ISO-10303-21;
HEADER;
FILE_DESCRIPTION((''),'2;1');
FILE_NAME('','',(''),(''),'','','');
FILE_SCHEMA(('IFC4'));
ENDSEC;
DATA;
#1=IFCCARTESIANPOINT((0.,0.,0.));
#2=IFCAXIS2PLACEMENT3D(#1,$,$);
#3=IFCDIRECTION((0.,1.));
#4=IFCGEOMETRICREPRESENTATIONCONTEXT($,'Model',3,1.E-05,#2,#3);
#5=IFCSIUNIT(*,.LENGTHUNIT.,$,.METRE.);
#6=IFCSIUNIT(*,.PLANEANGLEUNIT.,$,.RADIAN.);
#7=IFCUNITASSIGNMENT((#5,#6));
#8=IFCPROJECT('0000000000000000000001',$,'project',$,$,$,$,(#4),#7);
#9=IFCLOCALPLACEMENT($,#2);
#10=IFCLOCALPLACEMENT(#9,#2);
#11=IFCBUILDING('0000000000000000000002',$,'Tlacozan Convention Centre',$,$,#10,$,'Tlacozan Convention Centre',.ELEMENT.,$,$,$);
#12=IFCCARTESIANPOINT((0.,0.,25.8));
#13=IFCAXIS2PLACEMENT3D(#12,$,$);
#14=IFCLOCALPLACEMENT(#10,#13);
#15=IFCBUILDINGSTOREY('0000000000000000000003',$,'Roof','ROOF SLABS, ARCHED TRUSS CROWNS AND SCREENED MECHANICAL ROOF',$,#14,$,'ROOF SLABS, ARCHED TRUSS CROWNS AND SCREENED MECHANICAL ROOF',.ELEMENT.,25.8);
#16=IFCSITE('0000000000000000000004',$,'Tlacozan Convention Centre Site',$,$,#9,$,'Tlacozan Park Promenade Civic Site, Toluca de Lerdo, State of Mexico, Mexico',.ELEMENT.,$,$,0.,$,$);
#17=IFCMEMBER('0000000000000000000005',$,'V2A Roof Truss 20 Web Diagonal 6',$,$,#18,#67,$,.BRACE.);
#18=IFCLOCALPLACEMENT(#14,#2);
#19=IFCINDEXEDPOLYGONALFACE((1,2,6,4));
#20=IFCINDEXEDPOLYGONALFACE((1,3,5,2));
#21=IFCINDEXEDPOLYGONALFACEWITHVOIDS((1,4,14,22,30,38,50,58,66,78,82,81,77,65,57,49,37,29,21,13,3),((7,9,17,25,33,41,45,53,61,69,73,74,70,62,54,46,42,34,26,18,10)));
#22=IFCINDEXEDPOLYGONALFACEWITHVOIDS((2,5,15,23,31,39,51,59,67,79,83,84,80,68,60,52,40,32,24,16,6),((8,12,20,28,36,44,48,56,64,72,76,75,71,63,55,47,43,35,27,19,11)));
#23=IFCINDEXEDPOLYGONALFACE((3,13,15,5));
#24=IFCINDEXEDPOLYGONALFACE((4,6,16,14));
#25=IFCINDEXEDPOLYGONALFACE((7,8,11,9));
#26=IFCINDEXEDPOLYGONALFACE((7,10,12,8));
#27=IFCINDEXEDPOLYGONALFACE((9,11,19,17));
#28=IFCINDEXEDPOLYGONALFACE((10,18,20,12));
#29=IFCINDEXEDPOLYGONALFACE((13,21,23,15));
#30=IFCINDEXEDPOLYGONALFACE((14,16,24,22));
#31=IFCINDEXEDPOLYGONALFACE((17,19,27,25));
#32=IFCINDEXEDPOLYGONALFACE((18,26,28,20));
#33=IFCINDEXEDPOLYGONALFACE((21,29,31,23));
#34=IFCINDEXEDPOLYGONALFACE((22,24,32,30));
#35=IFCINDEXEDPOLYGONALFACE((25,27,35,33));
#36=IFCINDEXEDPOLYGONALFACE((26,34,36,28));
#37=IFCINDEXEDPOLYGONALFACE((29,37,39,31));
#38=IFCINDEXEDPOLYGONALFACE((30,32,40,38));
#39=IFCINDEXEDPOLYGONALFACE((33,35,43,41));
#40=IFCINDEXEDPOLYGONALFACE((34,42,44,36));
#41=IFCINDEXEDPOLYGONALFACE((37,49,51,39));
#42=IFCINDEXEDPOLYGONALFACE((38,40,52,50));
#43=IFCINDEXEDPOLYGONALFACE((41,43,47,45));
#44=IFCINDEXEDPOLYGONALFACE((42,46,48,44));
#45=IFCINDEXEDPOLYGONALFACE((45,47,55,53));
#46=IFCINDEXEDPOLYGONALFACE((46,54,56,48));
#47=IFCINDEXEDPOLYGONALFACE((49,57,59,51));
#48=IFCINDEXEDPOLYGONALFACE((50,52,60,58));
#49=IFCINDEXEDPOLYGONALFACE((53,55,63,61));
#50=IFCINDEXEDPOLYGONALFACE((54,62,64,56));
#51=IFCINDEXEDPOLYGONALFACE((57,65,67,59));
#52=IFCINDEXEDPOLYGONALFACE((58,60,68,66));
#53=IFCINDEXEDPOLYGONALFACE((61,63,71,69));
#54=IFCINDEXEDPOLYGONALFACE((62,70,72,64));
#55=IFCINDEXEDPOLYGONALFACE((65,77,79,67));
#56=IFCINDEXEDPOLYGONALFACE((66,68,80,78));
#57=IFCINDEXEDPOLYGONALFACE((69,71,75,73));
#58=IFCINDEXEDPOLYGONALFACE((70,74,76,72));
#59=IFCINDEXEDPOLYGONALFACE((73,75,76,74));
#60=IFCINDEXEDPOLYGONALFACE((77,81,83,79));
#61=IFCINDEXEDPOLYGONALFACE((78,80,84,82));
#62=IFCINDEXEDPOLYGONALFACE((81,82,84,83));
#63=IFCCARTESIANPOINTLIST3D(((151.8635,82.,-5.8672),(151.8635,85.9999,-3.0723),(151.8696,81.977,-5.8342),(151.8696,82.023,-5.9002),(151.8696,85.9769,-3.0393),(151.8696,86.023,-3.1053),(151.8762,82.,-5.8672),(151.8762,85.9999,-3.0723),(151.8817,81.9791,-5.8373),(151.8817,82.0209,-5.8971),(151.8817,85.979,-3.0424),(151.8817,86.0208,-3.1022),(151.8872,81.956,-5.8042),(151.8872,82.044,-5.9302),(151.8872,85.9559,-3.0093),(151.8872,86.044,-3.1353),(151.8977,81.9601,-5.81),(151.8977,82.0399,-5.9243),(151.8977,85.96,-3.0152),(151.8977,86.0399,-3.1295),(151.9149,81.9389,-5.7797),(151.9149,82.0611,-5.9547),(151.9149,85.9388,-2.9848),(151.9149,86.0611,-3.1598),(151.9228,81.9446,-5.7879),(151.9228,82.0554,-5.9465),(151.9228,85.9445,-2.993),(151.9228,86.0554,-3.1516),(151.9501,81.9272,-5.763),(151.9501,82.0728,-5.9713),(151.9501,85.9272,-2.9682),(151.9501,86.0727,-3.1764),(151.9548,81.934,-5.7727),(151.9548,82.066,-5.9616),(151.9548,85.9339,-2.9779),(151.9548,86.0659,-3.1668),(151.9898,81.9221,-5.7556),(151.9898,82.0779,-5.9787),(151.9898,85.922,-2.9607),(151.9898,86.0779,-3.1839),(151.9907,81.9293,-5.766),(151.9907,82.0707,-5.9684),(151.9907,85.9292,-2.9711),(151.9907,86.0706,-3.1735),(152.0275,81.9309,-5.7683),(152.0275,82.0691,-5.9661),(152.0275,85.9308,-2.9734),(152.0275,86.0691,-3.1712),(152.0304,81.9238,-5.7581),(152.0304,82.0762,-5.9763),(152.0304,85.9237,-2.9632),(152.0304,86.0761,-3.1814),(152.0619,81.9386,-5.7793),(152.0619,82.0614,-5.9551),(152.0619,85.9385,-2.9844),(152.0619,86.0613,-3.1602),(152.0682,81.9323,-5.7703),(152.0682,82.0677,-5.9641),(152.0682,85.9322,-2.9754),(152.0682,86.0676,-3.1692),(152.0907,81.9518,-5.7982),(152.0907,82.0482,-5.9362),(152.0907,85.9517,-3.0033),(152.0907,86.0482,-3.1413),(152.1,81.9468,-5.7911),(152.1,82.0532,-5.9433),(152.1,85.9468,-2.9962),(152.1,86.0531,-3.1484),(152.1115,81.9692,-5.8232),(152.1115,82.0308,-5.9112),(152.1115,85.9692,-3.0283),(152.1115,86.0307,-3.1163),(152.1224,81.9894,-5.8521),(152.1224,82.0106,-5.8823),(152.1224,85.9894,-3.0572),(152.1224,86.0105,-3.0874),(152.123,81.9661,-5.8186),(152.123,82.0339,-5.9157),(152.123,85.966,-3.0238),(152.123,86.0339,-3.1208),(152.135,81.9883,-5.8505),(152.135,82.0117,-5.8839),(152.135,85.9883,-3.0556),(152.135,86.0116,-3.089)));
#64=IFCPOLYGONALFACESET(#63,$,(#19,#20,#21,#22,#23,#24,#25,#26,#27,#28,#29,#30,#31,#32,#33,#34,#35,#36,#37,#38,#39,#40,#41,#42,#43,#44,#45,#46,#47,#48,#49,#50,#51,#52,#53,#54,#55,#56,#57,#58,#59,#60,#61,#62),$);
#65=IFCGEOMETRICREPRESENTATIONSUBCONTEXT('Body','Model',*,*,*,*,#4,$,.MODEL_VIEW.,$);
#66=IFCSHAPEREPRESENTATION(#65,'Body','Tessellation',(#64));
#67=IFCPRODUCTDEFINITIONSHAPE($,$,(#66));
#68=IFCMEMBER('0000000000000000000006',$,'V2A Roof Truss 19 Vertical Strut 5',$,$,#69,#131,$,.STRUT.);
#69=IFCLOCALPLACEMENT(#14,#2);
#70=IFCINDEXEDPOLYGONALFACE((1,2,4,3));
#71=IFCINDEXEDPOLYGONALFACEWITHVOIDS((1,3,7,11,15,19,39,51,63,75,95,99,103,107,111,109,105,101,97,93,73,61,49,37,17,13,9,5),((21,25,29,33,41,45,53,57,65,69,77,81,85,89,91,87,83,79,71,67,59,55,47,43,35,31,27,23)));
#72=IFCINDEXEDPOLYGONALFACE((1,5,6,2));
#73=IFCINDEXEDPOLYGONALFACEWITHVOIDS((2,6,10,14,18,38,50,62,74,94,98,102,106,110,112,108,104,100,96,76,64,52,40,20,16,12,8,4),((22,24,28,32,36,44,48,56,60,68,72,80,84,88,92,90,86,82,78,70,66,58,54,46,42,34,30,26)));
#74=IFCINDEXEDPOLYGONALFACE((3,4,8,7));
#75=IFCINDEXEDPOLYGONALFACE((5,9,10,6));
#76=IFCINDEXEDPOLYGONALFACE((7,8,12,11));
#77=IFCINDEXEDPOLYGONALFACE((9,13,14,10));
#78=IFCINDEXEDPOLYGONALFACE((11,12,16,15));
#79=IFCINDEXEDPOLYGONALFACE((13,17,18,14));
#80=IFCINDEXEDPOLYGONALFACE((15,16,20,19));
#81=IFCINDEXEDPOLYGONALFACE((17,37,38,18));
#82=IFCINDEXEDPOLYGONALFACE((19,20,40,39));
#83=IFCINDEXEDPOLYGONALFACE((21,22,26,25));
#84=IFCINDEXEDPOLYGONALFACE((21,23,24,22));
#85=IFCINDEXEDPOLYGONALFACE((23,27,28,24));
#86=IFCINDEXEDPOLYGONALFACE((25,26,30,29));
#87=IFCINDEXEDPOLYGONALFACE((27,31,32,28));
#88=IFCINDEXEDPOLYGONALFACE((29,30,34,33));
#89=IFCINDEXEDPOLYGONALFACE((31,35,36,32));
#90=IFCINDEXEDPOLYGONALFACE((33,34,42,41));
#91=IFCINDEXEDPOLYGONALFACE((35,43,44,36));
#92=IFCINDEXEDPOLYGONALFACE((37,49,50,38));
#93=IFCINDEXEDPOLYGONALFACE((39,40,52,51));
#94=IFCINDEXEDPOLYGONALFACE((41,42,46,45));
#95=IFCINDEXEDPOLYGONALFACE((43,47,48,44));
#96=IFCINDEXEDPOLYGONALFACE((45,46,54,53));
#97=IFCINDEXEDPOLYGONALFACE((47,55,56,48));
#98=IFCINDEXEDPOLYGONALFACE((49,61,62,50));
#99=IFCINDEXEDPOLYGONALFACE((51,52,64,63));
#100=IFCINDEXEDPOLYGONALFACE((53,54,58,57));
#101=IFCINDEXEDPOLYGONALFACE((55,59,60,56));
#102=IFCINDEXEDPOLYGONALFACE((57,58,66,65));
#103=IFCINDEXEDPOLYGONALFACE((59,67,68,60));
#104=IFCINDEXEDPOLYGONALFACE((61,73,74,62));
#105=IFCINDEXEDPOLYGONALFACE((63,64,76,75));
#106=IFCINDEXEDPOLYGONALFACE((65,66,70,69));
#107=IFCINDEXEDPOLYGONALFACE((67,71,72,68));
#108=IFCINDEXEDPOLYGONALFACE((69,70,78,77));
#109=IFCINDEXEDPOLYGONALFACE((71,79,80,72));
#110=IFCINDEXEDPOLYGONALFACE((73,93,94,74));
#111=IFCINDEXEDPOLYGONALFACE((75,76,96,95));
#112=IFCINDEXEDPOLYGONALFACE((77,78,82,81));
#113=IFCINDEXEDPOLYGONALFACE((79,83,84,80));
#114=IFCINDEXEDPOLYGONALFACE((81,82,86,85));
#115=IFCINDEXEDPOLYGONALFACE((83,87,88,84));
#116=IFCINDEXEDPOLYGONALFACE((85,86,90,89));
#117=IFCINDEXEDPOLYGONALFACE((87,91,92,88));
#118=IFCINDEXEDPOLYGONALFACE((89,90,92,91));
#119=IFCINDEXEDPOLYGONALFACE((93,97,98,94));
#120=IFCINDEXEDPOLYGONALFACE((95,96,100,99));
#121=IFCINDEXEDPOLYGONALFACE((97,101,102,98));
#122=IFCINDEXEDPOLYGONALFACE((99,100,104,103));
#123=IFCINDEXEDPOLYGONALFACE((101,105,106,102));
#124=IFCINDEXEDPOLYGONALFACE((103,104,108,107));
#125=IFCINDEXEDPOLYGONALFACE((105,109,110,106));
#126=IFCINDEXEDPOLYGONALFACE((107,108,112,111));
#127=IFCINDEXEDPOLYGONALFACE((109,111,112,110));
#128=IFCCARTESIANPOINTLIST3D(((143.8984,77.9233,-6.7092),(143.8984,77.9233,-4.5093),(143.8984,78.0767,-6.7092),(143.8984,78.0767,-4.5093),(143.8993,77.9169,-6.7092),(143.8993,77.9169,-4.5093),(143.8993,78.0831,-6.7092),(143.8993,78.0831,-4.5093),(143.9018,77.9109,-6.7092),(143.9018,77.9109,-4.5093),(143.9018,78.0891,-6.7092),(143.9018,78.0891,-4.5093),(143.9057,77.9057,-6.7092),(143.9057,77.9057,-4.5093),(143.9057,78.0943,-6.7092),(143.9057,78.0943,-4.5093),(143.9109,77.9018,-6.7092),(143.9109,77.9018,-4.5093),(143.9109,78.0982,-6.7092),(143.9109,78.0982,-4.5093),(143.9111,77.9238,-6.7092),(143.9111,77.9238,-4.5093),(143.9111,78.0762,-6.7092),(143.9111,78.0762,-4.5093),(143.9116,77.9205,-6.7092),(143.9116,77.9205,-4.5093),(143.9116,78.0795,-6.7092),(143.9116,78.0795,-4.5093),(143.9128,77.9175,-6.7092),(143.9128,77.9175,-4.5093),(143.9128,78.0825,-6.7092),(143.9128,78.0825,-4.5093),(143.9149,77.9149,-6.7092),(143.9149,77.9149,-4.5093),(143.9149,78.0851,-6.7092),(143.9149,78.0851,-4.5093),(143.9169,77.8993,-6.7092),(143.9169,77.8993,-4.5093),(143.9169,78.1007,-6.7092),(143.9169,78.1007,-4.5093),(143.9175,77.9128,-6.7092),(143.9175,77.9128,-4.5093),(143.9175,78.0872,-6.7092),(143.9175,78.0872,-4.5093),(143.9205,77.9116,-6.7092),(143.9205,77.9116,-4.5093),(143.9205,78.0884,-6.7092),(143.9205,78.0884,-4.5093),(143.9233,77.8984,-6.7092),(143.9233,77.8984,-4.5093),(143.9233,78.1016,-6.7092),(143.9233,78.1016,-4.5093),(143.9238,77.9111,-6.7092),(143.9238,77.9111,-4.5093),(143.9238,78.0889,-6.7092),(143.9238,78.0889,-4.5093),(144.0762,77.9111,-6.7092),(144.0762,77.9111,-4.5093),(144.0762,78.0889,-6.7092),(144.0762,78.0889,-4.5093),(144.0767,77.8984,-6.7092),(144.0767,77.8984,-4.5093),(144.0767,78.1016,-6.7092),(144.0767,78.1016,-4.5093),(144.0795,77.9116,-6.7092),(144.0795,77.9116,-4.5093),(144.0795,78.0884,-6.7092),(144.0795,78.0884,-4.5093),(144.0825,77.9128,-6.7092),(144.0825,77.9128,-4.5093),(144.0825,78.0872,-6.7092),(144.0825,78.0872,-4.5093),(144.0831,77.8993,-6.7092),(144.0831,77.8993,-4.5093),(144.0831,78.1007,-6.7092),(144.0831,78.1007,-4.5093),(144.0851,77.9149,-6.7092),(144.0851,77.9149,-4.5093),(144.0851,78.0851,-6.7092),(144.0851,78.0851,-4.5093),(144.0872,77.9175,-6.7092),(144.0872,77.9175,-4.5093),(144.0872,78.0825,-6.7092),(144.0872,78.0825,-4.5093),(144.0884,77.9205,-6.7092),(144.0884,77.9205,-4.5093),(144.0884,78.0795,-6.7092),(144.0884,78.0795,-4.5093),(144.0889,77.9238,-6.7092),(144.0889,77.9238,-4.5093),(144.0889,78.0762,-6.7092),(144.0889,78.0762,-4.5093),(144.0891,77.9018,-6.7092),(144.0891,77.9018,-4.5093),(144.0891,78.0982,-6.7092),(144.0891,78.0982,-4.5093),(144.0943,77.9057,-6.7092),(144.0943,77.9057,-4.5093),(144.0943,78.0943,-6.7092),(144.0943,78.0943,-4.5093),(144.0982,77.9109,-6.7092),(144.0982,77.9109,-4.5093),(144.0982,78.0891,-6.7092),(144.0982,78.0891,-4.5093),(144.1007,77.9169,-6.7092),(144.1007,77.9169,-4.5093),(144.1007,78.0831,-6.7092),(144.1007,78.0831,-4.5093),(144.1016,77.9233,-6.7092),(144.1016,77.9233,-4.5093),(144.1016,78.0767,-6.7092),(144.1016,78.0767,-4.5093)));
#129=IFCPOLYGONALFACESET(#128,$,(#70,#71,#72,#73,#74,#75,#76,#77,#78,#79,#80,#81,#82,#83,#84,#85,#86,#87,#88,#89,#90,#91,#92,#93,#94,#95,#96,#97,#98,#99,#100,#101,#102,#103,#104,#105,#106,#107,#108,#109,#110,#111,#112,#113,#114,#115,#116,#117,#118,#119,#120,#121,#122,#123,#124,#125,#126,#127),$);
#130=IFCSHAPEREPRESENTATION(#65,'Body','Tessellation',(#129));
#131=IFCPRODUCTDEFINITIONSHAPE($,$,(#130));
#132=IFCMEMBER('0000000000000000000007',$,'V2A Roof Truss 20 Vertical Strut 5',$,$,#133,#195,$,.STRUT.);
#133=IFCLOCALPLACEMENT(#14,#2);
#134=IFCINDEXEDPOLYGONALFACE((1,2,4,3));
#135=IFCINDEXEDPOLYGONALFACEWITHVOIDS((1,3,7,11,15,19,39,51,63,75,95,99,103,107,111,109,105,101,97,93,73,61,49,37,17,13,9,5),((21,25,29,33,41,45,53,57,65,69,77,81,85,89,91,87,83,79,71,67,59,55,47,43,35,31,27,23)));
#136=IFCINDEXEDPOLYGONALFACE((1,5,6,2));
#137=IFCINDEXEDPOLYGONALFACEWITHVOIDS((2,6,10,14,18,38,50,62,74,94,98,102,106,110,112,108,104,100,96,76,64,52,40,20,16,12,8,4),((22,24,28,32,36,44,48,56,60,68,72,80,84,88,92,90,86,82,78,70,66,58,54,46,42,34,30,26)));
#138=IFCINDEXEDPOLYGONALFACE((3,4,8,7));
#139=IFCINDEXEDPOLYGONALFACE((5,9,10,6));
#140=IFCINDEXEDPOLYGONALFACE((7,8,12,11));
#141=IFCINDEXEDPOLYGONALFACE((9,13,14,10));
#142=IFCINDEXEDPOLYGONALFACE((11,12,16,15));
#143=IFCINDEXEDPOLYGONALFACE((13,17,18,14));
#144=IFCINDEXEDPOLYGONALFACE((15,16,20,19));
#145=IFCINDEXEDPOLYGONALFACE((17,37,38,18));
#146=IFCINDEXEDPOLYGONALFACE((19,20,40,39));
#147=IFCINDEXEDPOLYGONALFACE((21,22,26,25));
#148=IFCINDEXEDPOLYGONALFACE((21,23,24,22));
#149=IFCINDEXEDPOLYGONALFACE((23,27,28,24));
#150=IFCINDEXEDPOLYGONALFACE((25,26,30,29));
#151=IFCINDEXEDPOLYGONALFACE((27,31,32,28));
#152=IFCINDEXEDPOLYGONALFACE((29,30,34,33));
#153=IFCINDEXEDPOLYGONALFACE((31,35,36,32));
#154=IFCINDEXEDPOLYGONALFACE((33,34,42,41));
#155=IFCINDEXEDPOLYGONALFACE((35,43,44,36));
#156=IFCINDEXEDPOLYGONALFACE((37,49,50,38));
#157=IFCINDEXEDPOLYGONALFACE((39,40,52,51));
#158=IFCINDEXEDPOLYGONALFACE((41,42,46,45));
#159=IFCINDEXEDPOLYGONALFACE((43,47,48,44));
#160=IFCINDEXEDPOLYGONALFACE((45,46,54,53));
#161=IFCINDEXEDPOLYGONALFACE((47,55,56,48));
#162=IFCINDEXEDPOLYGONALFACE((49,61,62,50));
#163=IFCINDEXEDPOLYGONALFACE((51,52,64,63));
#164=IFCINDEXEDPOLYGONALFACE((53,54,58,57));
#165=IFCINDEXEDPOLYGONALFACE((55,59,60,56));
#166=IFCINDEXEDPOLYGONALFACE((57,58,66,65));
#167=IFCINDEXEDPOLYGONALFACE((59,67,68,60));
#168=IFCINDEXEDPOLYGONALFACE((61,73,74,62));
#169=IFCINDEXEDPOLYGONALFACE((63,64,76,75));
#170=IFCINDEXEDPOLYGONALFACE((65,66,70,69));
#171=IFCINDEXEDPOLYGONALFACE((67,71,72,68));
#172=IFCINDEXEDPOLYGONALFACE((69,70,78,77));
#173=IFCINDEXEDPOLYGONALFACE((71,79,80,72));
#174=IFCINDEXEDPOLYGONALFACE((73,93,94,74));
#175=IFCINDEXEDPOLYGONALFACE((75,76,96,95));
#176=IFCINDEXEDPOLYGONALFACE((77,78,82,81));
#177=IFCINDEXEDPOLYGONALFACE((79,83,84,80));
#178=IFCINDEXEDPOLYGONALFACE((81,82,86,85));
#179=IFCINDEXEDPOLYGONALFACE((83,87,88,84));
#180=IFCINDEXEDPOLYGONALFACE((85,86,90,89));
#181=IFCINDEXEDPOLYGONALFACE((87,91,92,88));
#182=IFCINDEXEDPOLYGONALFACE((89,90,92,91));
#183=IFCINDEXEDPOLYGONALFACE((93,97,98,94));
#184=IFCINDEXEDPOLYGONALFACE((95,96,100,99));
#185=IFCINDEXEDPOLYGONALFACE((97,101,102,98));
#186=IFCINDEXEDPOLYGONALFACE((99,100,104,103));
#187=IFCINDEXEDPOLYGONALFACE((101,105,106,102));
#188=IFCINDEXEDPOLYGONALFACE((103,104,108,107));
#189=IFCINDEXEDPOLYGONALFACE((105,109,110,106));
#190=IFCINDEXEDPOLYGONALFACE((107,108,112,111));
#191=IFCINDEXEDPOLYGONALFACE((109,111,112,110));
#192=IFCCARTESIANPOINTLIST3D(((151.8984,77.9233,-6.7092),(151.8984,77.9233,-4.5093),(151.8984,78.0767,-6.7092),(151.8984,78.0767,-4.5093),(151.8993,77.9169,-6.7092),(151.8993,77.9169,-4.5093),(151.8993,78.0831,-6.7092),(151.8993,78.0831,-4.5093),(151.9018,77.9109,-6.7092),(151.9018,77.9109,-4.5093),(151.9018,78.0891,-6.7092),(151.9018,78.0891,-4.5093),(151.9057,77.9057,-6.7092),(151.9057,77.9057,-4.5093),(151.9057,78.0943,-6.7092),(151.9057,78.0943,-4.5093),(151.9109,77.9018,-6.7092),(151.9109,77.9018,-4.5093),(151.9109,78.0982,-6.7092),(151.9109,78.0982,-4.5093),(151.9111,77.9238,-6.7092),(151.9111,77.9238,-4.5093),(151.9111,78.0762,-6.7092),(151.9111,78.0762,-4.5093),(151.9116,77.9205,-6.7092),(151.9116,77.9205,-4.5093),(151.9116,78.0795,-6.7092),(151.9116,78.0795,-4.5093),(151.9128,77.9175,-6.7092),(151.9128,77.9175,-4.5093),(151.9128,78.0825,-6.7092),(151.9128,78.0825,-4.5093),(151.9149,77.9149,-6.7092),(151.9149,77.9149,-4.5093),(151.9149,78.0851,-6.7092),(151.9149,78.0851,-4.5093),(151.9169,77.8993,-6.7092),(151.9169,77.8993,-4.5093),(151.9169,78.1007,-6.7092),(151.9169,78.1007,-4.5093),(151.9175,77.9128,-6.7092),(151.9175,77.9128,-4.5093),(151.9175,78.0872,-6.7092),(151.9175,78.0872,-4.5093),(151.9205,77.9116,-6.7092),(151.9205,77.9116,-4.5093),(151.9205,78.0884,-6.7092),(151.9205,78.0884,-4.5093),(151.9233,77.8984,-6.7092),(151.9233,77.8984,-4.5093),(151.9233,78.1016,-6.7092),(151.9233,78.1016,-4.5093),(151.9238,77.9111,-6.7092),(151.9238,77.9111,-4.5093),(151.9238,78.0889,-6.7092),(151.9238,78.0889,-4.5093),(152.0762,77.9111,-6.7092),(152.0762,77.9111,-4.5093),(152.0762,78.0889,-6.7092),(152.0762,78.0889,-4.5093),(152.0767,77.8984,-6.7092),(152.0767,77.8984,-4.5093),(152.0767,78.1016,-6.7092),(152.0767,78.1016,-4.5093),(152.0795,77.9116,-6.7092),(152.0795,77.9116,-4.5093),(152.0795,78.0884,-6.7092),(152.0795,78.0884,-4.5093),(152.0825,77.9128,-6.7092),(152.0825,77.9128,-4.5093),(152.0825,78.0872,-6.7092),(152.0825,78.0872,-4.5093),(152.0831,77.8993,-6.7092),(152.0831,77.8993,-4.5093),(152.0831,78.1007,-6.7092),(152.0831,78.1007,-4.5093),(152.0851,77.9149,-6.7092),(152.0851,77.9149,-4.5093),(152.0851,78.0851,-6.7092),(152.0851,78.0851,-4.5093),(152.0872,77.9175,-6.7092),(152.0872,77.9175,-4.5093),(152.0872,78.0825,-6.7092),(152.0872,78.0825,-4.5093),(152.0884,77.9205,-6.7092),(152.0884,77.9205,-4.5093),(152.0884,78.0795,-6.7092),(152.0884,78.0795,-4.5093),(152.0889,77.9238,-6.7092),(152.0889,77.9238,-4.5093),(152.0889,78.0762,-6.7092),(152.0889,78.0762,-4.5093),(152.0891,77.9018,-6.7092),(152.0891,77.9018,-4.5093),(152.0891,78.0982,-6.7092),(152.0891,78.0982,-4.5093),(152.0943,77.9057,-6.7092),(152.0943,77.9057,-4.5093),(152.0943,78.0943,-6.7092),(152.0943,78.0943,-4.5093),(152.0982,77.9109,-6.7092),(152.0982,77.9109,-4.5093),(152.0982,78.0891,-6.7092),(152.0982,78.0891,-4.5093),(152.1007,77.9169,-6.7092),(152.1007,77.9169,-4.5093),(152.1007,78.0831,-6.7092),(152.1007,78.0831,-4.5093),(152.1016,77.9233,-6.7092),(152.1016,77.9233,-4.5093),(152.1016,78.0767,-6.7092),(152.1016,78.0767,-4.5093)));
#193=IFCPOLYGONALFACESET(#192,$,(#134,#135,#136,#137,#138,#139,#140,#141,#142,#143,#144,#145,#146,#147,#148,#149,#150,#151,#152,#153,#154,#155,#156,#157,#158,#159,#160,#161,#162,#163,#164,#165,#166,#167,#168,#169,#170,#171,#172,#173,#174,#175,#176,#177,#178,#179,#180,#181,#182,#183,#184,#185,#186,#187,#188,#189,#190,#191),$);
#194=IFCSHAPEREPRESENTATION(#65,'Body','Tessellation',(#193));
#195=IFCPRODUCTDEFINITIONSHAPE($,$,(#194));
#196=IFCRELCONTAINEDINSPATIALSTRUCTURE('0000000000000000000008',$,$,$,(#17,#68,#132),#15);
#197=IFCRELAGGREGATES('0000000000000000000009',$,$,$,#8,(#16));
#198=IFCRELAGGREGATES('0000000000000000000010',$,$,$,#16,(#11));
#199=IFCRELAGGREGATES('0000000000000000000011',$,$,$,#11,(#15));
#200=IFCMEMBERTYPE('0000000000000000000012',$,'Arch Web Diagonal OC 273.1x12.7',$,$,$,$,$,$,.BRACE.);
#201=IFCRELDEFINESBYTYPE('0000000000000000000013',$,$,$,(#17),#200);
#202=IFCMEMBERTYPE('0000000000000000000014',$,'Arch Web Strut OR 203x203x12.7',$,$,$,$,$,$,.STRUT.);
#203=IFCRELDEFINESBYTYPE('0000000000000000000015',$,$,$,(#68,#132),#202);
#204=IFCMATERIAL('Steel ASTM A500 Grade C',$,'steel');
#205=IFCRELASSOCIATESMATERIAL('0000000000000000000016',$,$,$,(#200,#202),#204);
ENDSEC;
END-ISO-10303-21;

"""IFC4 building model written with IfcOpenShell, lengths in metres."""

from ifc_helpers import new_model, si_unit, direction, frame, origin, origin_2d, place, context, subcontext, project, spatial, hollow_rectangle, hollow_circle, extrude, material, material_profile, profile_set, type_object, element, save


model = new_model("IFC4")

# Units and contexts
model_context = context("Model", 3, precision=1e-05, world=origin(), true_north=direction((0.0, 1.0)))
body_context = subcontext(model_context, "Body", "Model", "MODEL_VIEW")
ifc_project = project(units=[si_unit("LENGTHUNIT", "METRE"), si_unit("PLANEANGLEUNIT", "RADIAN")], contexts=[model_context])

# Site, building, storey
site_placement = place(None, origin())
site = spatial("IfcSite", under=ifc_project, at=site_placement, Name="Tlacozan Convention Centre Site", LongName="Tlacozan Park Promenade Civic Site, Toluca de Lerdo, State of Mexico, Mexico", CompositionType="ELEMENT", RefElevation=0.0)
building_placement = place(site_placement, origin())
building = spatial("IfcBuilding", under=site, at=building_placement, Name="Tlacozan Convention Centre", LongName="Tlacozan Convention Centre", CompositionType="ELEMENT")
storey_placement = place(building_placement, frame((0.0, 0.0, 25.8)))
storey = spatial("IfcBuildingStorey", under=building, at=storey_placement, Name="Roof", Description="ROOF SLABS, ARCHED TRUSS CROWNS AND SCREENED MECHANICAL ROOF", LongName="ROOF SLABS, ARCHED TRUSS CROWNS AND SCREENED MECHANICAL ROOF", CompositionType="ELEMENT", Elevation=25.8)

# Members
ifc_material_1 = material(Name="Steel ASTM A500 Grade C", Category="steel")
ifc_material_profile_1 = material_profile(ifc_material_1, hollow_circle(Radius=0.1365, WallThickness=0.0127, at=origin_2d()), Name="OC 273.1x12.7")
ifc_profile_set_1 = profile_set([ifc_material_profile_1], Name="Steel ASTM A500 Grade C")
member_type_1 = type_object("IfcMemberType", Name="Arch Web Diagonal OC 273.1x12.7", PredefinedType="BRACE", material=ifc_profile_set_1)
member_1_placement = place(storey_placement, frame((152.0, 82.0, -5.8672), z_axis=(0.0, 0.819721, 0.572764), x_axis=(-1.0, 0.0, 0.0)))
element("IfcMember", 1, at=member_1_placement, inside=storey, type_object=member_type_1, Name="V2A Roof Truss 20 Web Diagonal 6", PredefinedType="BRACE", context=body_context, shape_type="SweptSolid", body=[
    extrude(hollow_circle(Radius=0.1365, WallThickness=0.0127, at=origin_2d()), origin(), (0.0, 0.0, 1.0), 4.8796),
])
ifc_material_profile_2 = material_profile(ifc_material_1, hollow_rectangle(XDim=0.2031, YDim=0.2031, WallThickness=0.0127, InnerFilletRadius=0.0127, OuterFilletRadius=0.0249, at=origin_2d()), Name="OR 203x203x12.7")
ifc_profile_set_2 = profile_set([ifc_material_profile_2], Name="Steel ASTM A500 Grade C")
member_type_2 = type_object("IfcMemberType", Name="Arch Web Strut OR 203x203x12.7", PredefinedType="STRUT", material=ifc_profile_set_2)
for number, where, z_axis, x_axis, name in (
    (2, (144.0, 78.0, -6.7092), (0.0, 0.0, 1.0), (1.0, 0.0, 0.0), "V2A Roof Truss 19 Vertical Strut 5"),
    (3, (152.0, 78.0, -6.7092), (0.0, 0.0, 1.0), (1.0, 0.0, 0.0), "V2A Roof Truss 20 Vertical Strut 5"),
):
    element("IfcMember", number, at=place(storey_placement, frame(where, z_axis=z_axis, x_axis=x_axis)), inside=storey, type_object=member_type_2, Name=name, PredefinedType="STRUT", context=body_context, shape_type="SweptSolid", body=[
        extrude(hollow_rectangle(XDim=0.2031, YDim=0.2031, WallThickness=0.0127, InnerFilletRadius=0.0127, OuterFilletRadius=0.0249, at=origin_2d()), origin(), (0.0, 0.0, 1.0), 2.2),
    ])

save(model, "model.ifc")
